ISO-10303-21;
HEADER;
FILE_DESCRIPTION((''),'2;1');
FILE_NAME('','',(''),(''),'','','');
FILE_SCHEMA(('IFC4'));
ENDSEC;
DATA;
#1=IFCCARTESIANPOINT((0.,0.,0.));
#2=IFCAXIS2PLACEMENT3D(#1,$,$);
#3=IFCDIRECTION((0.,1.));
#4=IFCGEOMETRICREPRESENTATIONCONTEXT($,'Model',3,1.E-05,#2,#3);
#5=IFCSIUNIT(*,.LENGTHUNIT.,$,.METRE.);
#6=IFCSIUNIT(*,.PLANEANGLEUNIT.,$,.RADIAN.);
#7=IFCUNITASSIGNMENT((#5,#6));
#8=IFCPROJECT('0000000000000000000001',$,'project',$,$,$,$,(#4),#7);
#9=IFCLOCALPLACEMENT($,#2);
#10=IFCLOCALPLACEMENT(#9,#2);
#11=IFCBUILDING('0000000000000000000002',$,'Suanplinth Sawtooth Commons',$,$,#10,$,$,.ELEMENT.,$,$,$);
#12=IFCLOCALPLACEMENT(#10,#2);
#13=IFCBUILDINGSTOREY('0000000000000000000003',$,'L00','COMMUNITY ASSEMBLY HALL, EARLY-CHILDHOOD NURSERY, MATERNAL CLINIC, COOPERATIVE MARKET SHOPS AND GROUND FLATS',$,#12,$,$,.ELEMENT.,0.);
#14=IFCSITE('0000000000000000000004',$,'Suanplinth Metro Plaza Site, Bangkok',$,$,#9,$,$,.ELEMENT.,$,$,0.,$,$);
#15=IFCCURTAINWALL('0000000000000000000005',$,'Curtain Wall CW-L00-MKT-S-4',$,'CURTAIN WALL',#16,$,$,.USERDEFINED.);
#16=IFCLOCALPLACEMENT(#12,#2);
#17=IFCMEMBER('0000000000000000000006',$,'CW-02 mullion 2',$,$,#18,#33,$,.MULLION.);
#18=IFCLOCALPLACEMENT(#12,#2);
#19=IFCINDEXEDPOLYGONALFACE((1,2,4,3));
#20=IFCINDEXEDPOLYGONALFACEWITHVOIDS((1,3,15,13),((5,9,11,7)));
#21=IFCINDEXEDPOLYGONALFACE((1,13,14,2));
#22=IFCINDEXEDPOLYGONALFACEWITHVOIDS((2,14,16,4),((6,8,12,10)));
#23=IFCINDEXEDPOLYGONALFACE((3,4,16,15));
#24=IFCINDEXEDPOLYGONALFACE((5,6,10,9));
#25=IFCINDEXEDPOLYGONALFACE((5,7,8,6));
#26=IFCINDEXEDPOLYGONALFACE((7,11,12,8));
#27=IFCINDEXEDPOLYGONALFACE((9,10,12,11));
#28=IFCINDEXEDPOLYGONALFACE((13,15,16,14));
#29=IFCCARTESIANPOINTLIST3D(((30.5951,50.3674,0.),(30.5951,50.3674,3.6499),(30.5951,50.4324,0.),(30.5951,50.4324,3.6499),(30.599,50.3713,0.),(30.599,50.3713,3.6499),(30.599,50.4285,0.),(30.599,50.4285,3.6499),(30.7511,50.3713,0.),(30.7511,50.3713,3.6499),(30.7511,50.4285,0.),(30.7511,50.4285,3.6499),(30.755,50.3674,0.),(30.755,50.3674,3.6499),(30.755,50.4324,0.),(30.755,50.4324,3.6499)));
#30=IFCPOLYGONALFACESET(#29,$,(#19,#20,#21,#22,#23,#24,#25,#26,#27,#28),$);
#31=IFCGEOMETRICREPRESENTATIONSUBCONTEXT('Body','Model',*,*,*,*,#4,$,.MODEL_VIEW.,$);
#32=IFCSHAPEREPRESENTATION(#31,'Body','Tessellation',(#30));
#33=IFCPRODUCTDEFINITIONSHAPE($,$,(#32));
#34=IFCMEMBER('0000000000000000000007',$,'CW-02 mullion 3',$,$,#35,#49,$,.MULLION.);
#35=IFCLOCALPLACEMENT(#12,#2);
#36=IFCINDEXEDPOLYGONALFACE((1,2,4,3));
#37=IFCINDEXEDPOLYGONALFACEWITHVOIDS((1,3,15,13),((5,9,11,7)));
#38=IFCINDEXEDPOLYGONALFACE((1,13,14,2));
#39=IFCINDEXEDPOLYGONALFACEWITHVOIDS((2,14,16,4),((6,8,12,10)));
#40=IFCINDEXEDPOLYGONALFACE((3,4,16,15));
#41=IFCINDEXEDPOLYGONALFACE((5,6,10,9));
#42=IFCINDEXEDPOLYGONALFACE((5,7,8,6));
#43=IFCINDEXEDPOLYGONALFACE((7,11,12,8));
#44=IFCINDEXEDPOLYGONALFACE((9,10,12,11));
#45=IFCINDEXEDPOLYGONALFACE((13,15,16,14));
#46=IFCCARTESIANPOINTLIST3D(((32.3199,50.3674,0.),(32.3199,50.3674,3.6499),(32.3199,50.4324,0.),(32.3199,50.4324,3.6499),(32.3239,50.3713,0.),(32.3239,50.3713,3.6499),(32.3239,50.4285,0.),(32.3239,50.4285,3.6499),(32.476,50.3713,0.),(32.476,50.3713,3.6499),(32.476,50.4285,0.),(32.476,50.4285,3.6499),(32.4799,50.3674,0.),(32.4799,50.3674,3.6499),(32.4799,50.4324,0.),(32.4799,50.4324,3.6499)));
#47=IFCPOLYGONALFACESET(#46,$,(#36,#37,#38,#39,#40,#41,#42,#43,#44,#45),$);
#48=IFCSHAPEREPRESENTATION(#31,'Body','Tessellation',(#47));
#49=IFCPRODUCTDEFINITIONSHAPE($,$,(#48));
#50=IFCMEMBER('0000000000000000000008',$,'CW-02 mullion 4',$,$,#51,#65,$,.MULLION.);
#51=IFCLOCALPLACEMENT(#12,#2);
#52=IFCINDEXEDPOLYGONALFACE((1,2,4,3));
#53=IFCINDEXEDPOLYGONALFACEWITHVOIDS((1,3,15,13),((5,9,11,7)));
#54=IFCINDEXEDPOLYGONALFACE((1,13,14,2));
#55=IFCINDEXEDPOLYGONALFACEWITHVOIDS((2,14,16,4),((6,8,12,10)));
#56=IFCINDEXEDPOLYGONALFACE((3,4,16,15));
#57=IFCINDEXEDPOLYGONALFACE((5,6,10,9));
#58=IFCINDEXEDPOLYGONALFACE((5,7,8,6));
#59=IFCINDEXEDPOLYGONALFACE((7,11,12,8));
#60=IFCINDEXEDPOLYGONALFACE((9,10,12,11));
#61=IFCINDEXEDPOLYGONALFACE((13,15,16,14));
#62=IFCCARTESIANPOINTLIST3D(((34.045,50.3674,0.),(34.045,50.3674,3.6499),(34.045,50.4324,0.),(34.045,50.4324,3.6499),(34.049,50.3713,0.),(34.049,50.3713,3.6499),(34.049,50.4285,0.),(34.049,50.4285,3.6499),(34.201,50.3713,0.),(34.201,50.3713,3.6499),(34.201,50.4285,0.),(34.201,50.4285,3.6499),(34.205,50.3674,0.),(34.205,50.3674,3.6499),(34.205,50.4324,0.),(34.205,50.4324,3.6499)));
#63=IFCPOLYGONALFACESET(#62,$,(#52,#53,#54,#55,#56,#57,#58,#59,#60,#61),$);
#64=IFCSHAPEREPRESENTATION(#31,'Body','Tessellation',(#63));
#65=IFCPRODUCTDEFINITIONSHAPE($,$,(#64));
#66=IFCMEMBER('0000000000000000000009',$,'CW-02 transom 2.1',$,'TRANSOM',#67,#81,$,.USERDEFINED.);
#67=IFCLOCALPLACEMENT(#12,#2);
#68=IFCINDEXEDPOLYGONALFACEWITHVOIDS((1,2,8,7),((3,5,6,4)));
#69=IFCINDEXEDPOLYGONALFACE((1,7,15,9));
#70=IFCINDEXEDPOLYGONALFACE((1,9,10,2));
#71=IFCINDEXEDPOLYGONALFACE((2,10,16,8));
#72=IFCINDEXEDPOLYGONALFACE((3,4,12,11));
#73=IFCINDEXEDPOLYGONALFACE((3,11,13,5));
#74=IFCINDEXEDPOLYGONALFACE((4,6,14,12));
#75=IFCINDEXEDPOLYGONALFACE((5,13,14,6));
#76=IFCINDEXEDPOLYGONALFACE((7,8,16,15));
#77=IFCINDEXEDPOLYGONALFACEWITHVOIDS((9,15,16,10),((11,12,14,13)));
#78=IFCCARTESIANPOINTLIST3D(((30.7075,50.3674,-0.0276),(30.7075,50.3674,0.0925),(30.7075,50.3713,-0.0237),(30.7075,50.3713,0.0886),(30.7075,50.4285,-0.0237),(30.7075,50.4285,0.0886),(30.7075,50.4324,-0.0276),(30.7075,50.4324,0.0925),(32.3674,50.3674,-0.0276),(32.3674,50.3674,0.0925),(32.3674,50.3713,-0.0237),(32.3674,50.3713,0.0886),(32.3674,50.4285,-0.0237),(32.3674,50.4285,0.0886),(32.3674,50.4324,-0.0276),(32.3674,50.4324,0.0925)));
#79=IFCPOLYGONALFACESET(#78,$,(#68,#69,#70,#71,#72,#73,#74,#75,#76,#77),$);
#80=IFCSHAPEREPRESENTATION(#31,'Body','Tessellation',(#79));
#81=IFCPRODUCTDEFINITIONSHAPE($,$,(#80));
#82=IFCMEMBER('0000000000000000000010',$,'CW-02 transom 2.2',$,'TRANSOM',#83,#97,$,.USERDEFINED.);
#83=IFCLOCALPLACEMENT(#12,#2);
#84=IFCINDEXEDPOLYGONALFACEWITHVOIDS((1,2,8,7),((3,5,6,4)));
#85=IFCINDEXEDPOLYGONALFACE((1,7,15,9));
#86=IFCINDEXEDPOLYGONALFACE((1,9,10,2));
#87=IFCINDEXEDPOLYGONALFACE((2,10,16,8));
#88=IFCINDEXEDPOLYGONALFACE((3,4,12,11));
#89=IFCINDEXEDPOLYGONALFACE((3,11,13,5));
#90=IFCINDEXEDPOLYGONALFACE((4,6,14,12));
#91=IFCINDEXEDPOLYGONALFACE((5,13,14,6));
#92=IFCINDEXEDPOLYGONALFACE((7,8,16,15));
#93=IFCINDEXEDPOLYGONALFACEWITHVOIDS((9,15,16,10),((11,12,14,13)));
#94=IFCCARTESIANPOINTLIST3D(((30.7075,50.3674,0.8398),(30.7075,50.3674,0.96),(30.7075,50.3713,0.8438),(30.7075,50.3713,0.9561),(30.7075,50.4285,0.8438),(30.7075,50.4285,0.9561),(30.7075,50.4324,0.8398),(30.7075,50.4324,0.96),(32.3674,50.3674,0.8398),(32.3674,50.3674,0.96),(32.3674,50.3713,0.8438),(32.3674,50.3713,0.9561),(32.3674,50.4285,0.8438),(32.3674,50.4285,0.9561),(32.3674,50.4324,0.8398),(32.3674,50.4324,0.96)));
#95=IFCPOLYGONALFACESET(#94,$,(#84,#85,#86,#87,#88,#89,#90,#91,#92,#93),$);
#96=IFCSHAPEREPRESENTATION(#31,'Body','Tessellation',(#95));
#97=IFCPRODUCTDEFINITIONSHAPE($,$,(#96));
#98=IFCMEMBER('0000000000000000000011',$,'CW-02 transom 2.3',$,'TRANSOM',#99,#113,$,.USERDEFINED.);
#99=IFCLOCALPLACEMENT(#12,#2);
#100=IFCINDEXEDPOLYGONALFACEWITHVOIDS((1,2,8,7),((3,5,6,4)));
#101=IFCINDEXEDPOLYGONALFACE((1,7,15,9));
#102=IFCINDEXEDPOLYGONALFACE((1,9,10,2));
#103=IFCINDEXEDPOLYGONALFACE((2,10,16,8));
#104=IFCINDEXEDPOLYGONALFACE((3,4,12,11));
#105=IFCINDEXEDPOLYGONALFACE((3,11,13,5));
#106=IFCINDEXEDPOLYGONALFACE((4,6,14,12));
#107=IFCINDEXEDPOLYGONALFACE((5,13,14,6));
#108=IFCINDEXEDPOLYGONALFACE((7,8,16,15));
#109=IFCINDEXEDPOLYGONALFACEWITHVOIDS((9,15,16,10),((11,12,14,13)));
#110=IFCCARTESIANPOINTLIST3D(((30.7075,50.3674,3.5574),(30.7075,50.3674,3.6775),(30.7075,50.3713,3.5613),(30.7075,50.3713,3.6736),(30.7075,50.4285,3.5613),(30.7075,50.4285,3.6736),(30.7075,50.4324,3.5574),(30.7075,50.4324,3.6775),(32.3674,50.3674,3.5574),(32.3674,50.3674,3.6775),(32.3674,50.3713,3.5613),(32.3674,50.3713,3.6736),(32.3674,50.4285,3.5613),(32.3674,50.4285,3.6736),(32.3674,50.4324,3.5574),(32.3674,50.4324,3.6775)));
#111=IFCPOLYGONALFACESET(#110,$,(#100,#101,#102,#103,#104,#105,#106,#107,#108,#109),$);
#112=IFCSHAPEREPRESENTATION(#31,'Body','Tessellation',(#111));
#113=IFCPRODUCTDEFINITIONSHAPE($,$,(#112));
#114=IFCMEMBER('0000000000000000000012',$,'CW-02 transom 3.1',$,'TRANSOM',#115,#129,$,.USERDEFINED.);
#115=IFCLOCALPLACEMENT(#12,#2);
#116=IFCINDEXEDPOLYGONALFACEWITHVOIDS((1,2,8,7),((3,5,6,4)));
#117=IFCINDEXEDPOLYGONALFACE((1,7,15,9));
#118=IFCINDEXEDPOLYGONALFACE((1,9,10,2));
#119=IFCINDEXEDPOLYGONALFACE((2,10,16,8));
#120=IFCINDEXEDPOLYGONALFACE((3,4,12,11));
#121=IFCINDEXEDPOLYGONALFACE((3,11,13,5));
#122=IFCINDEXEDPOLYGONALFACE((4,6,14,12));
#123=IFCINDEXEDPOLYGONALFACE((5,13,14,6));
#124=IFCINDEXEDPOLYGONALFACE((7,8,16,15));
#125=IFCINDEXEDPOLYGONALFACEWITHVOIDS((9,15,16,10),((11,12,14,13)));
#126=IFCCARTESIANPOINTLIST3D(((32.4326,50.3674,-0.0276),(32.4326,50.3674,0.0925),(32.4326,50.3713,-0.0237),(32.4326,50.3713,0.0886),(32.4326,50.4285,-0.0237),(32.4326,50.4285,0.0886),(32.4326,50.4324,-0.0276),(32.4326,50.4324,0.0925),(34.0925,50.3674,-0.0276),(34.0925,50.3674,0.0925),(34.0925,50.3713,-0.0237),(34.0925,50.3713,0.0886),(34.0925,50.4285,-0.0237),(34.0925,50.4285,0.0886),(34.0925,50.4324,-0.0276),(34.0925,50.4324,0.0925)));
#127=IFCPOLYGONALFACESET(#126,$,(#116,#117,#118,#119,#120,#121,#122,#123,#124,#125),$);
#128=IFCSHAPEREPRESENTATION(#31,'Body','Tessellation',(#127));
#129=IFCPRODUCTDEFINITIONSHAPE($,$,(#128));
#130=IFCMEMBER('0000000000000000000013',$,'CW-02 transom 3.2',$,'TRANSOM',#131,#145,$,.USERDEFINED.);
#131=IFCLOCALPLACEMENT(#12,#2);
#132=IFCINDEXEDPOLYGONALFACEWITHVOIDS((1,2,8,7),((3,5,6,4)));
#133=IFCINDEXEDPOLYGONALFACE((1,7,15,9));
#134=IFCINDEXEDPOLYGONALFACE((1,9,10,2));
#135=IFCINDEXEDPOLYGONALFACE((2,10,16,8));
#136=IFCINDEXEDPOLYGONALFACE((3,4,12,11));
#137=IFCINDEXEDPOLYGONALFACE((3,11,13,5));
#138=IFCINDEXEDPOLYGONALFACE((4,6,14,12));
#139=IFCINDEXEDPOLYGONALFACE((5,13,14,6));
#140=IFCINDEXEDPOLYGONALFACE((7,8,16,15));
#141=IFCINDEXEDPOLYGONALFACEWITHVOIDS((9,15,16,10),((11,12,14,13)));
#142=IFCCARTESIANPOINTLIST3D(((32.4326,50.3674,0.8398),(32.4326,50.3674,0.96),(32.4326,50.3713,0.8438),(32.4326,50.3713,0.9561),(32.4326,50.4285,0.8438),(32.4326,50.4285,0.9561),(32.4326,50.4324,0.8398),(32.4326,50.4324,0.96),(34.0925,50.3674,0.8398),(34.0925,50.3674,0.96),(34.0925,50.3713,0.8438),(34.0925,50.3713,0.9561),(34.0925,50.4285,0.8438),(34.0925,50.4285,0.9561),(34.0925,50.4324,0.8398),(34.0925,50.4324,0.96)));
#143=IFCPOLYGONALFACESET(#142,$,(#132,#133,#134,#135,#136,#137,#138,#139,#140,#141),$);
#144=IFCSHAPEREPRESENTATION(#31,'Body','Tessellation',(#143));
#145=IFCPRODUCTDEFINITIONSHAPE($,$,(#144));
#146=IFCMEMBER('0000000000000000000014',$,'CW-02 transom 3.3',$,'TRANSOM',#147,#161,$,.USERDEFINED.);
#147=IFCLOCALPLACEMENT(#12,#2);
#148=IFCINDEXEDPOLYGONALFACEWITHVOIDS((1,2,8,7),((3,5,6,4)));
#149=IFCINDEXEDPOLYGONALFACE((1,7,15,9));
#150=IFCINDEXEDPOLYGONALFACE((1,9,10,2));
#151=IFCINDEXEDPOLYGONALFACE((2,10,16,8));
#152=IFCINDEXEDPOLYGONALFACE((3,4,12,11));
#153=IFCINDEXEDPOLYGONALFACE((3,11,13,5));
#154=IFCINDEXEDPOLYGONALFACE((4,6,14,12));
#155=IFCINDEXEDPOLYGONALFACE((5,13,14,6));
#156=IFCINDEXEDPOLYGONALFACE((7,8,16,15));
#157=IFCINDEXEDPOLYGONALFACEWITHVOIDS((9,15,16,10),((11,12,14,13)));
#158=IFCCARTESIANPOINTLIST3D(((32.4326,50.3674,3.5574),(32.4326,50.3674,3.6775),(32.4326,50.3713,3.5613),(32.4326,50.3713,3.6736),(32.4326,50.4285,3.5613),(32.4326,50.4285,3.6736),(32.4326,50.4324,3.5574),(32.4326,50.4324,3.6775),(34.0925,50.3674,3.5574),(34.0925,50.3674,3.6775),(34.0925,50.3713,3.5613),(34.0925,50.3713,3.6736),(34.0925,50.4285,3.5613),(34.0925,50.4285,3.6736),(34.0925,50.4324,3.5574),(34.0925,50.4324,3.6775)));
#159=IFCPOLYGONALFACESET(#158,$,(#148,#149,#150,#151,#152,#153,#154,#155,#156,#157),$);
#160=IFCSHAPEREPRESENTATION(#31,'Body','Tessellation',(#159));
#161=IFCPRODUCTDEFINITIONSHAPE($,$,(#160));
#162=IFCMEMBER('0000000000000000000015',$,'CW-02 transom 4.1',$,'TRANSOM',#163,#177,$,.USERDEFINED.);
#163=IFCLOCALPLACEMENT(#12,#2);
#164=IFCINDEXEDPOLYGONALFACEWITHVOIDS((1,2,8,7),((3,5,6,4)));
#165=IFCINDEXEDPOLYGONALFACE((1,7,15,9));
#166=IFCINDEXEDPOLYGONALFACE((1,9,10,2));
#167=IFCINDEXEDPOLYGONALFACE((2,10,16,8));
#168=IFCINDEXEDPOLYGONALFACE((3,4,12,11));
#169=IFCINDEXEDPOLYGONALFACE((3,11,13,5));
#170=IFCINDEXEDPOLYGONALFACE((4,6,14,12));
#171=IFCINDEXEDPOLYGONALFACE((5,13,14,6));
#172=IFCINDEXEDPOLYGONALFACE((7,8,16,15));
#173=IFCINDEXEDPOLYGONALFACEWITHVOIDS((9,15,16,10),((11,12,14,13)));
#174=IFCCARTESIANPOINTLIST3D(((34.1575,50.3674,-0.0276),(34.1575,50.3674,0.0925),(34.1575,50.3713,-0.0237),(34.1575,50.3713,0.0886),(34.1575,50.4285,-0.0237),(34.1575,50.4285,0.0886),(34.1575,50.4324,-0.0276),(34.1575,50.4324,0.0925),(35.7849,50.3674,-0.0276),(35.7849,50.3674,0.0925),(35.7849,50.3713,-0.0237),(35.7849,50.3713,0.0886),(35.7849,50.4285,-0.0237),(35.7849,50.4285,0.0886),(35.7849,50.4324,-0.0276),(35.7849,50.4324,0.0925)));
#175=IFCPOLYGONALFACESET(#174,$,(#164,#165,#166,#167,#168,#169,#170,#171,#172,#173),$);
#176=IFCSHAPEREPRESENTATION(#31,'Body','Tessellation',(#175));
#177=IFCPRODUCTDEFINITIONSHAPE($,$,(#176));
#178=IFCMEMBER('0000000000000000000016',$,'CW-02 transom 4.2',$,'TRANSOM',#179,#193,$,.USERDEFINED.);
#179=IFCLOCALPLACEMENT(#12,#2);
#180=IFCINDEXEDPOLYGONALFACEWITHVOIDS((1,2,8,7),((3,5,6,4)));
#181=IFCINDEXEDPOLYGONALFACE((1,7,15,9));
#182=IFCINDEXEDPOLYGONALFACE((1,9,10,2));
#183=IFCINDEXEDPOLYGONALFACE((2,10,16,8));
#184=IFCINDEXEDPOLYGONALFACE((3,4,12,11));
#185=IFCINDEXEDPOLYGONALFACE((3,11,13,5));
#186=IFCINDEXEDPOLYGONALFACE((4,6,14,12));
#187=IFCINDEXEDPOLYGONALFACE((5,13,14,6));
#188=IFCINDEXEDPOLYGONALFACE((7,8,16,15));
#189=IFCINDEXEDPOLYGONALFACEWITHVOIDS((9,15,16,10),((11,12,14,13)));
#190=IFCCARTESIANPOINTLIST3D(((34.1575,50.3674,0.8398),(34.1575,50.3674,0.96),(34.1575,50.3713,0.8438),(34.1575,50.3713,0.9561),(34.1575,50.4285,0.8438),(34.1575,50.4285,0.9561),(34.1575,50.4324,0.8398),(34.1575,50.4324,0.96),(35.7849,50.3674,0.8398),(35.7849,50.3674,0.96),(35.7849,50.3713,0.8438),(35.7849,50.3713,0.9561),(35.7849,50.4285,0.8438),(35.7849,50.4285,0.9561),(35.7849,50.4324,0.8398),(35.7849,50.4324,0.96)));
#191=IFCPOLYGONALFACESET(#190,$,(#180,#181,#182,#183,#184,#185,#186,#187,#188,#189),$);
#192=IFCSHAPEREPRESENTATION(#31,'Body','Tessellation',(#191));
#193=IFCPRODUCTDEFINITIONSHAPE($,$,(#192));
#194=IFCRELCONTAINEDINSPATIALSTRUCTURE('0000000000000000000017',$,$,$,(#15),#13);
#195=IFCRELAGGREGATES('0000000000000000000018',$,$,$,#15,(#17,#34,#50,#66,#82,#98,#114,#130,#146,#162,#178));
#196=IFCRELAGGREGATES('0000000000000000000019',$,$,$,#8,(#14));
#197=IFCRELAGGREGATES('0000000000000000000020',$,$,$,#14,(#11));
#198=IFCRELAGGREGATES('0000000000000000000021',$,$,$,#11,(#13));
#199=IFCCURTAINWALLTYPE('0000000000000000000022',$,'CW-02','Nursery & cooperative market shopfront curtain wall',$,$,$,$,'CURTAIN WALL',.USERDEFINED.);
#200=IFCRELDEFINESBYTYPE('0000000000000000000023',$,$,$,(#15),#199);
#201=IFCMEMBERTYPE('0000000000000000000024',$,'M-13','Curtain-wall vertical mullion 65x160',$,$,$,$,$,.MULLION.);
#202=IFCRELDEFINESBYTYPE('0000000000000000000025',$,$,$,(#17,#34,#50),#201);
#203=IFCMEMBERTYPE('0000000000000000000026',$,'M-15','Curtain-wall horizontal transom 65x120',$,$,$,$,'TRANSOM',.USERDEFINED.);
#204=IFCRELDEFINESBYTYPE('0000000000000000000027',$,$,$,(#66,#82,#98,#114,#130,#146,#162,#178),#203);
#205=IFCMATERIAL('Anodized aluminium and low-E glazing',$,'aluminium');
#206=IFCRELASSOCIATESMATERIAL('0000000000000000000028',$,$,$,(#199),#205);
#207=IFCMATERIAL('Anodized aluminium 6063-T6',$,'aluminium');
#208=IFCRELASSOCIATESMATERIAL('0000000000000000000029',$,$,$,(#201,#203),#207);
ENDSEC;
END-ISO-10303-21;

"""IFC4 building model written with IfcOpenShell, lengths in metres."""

from ifc_helpers import new_model, si_unit, direction, frame, origin, origin_2d, place, context, subcontext, project, spatial, hollow_rectangle, extrude, material, material_profile, profile_set, type_object, element, aggregate, save


model = new_model("IFC4")

# Units and contexts
model_context = context("Model", 3, precision=1e-05, world=origin(), true_north=direction((0.0, 1.0)))
body_context = subcontext(model_context, "Body", "Model", "MODEL_VIEW")
ifc_project = project(units=[si_unit("LENGTHUNIT", "METRE"), si_unit("PLANEANGLEUNIT", "RADIAN")], contexts=[model_context])

# Site, building, storey
site_placement = place(None, origin())
site = spatial("IfcSite", under=ifc_project, at=site_placement, Name="Suanplinth Metro Plaza Site, Bangkok", CompositionType="ELEMENT", RefElevation=0.0)
building_placement = place(site_placement, origin())
building = spatial("IfcBuilding", under=site, at=building_placement, Name="Suanplinth Sawtooth Commons", CompositionType="ELEMENT")
storey_placement = place(building_placement, origin())
storey = spatial("IfcBuildingStorey", under=building, at=storey_placement, Name="L00", Description="COMMUNITY ASSEMBLY HALL, EARLY-CHILDHOOD NURSERY, MATERNAL CLINIC, COOPERATIVE MARKET SHOPS AND GROUND FLATS", CompositionType="ELEMENT", Elevation=0.0)

# Curtain wall, members
ifc_material_1 = material(Name="Anodized aluminium and low-E glazing", Category="aluminium")
curtain_wall_type = type_object("IfcCurtainWallType", Name="CW-02", Description="Nursery & cooperative market shopfront curtain wall", ElementType="CURTAIN WALL", PredefinedType="USERDEFINED", material=ifc_material_1)
curtain_wall_placement = place(storey_placement, origin())
curtain_wall = element("IfcCurtainWall", 1, at=curtain_wall_placement, inside=storey, type_object=curtain_wall_type, Name="Curtain Wall CW-L00-MKT-S-4", ObjectType="CURTAIN WALL", PredefinedType="USERDEFINED")
ifc_material_2 = material(Name="Anodized aluminium 6063-T6", Category="aluminium")
ifc_material_profile_1 = material_profile(ifc_material_2, hollow_rectangle(XDim=0.0649, YDim=0.1599, WallThickness=0.0039, at=origin_2d()), Name="ALU-MUL 65x160")
ifc_profile_set_1 = profile_set([ifc_material_profile_1], Name="Anodized aluminium 6063-T6")
member_type_1 = type_object("IfcMemberType", Name="M-13", Description="Curtain-wall vertical mullion 65x160", PredefinedType="MULLION", material=ifc_profile_set_1)
member_1_placement = place(storey_placement, frame((30.675, 50.3999, 0.0), z_axis=(0.0, 0.0, 1.0), x_axis=(0.0, 1.0, 0.0)))
member_1 = element("IfcMember", 2, at=member_1_placement, type_object=member_type_1, Name="CW-02 mullion 2", PredefinedType="MULLION", context=body_context, shape_type="SweptSolid", body=[
    extrude(hollow_rectangle(XDim=0.0649, YDim=0.1599, WallThickness=0.0039, at=origin_2d()), origin(), (0.0, 0.0, 1.0), 3.6499),
])
member_2_placement = place(storey_placement, frame((32.3999, 50.3999, 0.0), z_axis=(0.0, 0.0, 1.0), x_axis=(0.0, 1.0, 0.0)))
member_2 = element("IfcMember", 3, at=member_2_placement, type_object=member_type_1, Name="CW-02 mullion 3", PredefinedType="MULLION", context=body_context, shape_type="SweptSolid", body=[
    extrude(hollow_rectangle(XDim=0.0649, YDim=0.1599, WallThickness=0.0039, at=origin_2d()), origin(), (0.0, 0.0, 1.0), 3.6499),
])
member_3_placement = place(storey_placement, frame((34.125, 50.3999, 0.0), z_axis=(0.0, 0.0, 1.0), x_axis=(0.0, 1.0, 0.0)))
member_3 = element("IfcMember", 4, at=member_3_placement, type_object=member_type_1, Name="CW-02 mullion 4", PredefinedType="MULLION", context=body_context, shape_type="SweptSolid", body=[
    extrude(hollow_rectangle(XDim=0.0649, YDim=0.1599, WallThickness=0.0039, at=origin_2d()), origin(), (0.0, 0.0, 1.0), 3.6499),
])
ifc_material_profile_2 = material_profile(ifc_material_2, hollow_rectangle(XDim=0.0649, YDim=0.1201, WallThickness=0.0039, at=origin_2d()), Name="ALU-TRN 65x120")
ifc_profile_set_2 = profile_set([ifc_material_profile_2], Name="Anodized aluminium 6063-T6")
member_type_2 = type_object("IfcMemberType", Name="M-15", Description="Curtain-wall horizontal transom 65x120", ElementType="TRANSOM", PredefinedType="USERDEFINED", material=ifc_profile_set_2)
member_4_placement = place(storey_placement, frame((30.7075, 50.3999, 0.0325), z_axis=(1.0, 0.0, 0.0), x_axis=(0.0, 1.0, 0.0)))
member_4 = element("IfcMember", 5, at=member_4_placement, type_object=member_type_2, Name="CW-02 transom 2.1", ObjectType="TRANSOM", PredefinedType="USERDEFINED", context=body_context, shape_type="SweptSolid", body=[
    extrude(hollow_rectangle(XDim=0.0649, YDim=0.1201, WallThickness=0.0039, at=origin_2d()), origin(), (0.0, 0.0, 1.0), 1.6599),
])
member_5_placement = place(storey_placement, frame((30.7075, 50.3999, 0.8999), z_axis=(1.0, 0.0, 0.0), x_axis=(0.0, 1.0, 0.0)))
member_5 = element("IfcMember", 6, at=member_5_placement, type_object=member_type_2, Name="CW-02 transom 2.2", ObjectType="TRANSOM", PredefinedType="USERDEFINED", context=body_context, shape_type="SweptSolid", body=[
    extrude(hollow_rectangle(XDim=0.0649, YDim=0.1201, WallThickness=0.0039, at=origin_2d()), origin(), (0.0, 0.0, 1.0), 1.6599),
])
member_6_placement = place(storey_placement, frame((30.7075, 50.3999, 3.6174), z_axis=(1.0, 0.0, 0.0), x_axis=(0.0, 1.0, 0.0)))
member_6 = element("IfcMember", 7, at=member_6_placement, type_object=member_type_2, Name="CW-02 transom 2.3", ObjectType="TRANSOM", PredefinedType="USERDEFINED", context=body_context, shape_type="SweptSolid", body=[
    extrude(hollow_rectangle(XDim=0.0649, YDim=0.1201, WallThickness=0.0039, at=origin_2d()), origin(), (0.0, 0.0, 1.0), 1.6599),
])
member_7_placement = place(storey_placement, frame((32.4326, 50.3999, 0.0325), z_axis=(1.0, 0.0, 0.0), x_axis=(0.0, 1.0, 0.0)))
member_7 = element("IfcMember", 8, at=member_7_placement, type_object=member_type_2, Name="CW-02 transom 3.1", ObjectType="TRANSOM", PredefinedType="USERDEFINED", context=body_context, shape_type="SweptSolid", body=[
    extrude(hollow_rectangle(XDim=0.0649, YDim=0.1201, WallThickness=0.0039, at=origin_2d()), origin(), (0.0, 0.0, 1.0), 1.6599),
])
member_8_placement = place(storey_placement, frame((32.4326, 50.3999, 0.8999), z_axis=(1.0, 0.0, 0.0), x_axis=(0.0, 1.0, 0.0)))
member_8 = element("IfcMember", 9, at=member_8_placement, type_object=member_type_2, Name="CW-02 transom 3.2", ObjectType="TRANSOM", PredefinedType="USERDEFINED", context=body_context, shape_type="SweptSolid", body=[
    extrude(hollow_rectangle(XDim=0.0649, YDim=0.1201, WallThickness=0.0039, at=origin_2d()), origin(), (0.0, 0.0, 1.0), 1.6599),
])
member_9_placement = place(storey_placement, frame((32.4326, 50.3999, 3.6174), z_axis=(1.0, 0.0, 0.0), x_axis=(0.0, 1.0, 0.0)))
member_9 = element("IfcMember", 10, at=member_9_placement, type_object=member_type_2, Name="CW-02 transom 3.3", ObjectType="TRANSOM", PredefinedType="USERDEFINED", context=body_context, shape_type="SweptSolid", body=[
    extrude(hollow_rectangle(XDim=0.0649, YDim=0.1201, WallThickness=0.0039, at=origin_2d()), origin(), (0.0, 0.0, 1.0), 1.6599),
])
member_10_placement = place(storey_placement, frame((34.1575, 50.3999, 0.0325), z_axis=(1.0, 0.0, 0.0), x_axis=(0.0, 1.0, 0.0)))
member_10 = element("IfcMember", 11, at=member_10_placement, type_object=member_type_2, Name="CW-02 transom 4.1", ObjectType="TRANSOM", PredefinedType="USERDEFINED", context=body_context, shape_type="SweptSolid", body=[
    extrude(hollow_rectangle(XDim=0.0649, YDim=0.1201, WallThickness=0.0039, at=origin_2d()), origin(), (0.0, 0.0, 1.0), 1.6274),
])
member_11_placement = place(storey_placement, frame((34.1575, 50.3999, 0.8999), z_axis=(1.0, 0.0, 0.0), x_axis=(0.0, 1.0, 0.0)))
member_11 = element("IfcMember", 12, at=member_11_placement, type_object=member_type_2, Name="CW-02 transom 4.2", ObjectType="TRANSOM", PredefinedType="USERDEFINED", context=body_context, shape_type="SweptSolid", body=[
    extrude(hollow_rectangle(XDim=0.0649, YDim=0.1201, WallThickness=0.0039, at=origin_2d()), origin(), (0.0, 0.0, 1.0), 1.6274),
])
aggregate(curtain_wall, [member_1, member_2, member_3, member_4, member_5, member_6, member_7, member_8, member_9, member_10, member_11])

save(model, "model.ifc")
